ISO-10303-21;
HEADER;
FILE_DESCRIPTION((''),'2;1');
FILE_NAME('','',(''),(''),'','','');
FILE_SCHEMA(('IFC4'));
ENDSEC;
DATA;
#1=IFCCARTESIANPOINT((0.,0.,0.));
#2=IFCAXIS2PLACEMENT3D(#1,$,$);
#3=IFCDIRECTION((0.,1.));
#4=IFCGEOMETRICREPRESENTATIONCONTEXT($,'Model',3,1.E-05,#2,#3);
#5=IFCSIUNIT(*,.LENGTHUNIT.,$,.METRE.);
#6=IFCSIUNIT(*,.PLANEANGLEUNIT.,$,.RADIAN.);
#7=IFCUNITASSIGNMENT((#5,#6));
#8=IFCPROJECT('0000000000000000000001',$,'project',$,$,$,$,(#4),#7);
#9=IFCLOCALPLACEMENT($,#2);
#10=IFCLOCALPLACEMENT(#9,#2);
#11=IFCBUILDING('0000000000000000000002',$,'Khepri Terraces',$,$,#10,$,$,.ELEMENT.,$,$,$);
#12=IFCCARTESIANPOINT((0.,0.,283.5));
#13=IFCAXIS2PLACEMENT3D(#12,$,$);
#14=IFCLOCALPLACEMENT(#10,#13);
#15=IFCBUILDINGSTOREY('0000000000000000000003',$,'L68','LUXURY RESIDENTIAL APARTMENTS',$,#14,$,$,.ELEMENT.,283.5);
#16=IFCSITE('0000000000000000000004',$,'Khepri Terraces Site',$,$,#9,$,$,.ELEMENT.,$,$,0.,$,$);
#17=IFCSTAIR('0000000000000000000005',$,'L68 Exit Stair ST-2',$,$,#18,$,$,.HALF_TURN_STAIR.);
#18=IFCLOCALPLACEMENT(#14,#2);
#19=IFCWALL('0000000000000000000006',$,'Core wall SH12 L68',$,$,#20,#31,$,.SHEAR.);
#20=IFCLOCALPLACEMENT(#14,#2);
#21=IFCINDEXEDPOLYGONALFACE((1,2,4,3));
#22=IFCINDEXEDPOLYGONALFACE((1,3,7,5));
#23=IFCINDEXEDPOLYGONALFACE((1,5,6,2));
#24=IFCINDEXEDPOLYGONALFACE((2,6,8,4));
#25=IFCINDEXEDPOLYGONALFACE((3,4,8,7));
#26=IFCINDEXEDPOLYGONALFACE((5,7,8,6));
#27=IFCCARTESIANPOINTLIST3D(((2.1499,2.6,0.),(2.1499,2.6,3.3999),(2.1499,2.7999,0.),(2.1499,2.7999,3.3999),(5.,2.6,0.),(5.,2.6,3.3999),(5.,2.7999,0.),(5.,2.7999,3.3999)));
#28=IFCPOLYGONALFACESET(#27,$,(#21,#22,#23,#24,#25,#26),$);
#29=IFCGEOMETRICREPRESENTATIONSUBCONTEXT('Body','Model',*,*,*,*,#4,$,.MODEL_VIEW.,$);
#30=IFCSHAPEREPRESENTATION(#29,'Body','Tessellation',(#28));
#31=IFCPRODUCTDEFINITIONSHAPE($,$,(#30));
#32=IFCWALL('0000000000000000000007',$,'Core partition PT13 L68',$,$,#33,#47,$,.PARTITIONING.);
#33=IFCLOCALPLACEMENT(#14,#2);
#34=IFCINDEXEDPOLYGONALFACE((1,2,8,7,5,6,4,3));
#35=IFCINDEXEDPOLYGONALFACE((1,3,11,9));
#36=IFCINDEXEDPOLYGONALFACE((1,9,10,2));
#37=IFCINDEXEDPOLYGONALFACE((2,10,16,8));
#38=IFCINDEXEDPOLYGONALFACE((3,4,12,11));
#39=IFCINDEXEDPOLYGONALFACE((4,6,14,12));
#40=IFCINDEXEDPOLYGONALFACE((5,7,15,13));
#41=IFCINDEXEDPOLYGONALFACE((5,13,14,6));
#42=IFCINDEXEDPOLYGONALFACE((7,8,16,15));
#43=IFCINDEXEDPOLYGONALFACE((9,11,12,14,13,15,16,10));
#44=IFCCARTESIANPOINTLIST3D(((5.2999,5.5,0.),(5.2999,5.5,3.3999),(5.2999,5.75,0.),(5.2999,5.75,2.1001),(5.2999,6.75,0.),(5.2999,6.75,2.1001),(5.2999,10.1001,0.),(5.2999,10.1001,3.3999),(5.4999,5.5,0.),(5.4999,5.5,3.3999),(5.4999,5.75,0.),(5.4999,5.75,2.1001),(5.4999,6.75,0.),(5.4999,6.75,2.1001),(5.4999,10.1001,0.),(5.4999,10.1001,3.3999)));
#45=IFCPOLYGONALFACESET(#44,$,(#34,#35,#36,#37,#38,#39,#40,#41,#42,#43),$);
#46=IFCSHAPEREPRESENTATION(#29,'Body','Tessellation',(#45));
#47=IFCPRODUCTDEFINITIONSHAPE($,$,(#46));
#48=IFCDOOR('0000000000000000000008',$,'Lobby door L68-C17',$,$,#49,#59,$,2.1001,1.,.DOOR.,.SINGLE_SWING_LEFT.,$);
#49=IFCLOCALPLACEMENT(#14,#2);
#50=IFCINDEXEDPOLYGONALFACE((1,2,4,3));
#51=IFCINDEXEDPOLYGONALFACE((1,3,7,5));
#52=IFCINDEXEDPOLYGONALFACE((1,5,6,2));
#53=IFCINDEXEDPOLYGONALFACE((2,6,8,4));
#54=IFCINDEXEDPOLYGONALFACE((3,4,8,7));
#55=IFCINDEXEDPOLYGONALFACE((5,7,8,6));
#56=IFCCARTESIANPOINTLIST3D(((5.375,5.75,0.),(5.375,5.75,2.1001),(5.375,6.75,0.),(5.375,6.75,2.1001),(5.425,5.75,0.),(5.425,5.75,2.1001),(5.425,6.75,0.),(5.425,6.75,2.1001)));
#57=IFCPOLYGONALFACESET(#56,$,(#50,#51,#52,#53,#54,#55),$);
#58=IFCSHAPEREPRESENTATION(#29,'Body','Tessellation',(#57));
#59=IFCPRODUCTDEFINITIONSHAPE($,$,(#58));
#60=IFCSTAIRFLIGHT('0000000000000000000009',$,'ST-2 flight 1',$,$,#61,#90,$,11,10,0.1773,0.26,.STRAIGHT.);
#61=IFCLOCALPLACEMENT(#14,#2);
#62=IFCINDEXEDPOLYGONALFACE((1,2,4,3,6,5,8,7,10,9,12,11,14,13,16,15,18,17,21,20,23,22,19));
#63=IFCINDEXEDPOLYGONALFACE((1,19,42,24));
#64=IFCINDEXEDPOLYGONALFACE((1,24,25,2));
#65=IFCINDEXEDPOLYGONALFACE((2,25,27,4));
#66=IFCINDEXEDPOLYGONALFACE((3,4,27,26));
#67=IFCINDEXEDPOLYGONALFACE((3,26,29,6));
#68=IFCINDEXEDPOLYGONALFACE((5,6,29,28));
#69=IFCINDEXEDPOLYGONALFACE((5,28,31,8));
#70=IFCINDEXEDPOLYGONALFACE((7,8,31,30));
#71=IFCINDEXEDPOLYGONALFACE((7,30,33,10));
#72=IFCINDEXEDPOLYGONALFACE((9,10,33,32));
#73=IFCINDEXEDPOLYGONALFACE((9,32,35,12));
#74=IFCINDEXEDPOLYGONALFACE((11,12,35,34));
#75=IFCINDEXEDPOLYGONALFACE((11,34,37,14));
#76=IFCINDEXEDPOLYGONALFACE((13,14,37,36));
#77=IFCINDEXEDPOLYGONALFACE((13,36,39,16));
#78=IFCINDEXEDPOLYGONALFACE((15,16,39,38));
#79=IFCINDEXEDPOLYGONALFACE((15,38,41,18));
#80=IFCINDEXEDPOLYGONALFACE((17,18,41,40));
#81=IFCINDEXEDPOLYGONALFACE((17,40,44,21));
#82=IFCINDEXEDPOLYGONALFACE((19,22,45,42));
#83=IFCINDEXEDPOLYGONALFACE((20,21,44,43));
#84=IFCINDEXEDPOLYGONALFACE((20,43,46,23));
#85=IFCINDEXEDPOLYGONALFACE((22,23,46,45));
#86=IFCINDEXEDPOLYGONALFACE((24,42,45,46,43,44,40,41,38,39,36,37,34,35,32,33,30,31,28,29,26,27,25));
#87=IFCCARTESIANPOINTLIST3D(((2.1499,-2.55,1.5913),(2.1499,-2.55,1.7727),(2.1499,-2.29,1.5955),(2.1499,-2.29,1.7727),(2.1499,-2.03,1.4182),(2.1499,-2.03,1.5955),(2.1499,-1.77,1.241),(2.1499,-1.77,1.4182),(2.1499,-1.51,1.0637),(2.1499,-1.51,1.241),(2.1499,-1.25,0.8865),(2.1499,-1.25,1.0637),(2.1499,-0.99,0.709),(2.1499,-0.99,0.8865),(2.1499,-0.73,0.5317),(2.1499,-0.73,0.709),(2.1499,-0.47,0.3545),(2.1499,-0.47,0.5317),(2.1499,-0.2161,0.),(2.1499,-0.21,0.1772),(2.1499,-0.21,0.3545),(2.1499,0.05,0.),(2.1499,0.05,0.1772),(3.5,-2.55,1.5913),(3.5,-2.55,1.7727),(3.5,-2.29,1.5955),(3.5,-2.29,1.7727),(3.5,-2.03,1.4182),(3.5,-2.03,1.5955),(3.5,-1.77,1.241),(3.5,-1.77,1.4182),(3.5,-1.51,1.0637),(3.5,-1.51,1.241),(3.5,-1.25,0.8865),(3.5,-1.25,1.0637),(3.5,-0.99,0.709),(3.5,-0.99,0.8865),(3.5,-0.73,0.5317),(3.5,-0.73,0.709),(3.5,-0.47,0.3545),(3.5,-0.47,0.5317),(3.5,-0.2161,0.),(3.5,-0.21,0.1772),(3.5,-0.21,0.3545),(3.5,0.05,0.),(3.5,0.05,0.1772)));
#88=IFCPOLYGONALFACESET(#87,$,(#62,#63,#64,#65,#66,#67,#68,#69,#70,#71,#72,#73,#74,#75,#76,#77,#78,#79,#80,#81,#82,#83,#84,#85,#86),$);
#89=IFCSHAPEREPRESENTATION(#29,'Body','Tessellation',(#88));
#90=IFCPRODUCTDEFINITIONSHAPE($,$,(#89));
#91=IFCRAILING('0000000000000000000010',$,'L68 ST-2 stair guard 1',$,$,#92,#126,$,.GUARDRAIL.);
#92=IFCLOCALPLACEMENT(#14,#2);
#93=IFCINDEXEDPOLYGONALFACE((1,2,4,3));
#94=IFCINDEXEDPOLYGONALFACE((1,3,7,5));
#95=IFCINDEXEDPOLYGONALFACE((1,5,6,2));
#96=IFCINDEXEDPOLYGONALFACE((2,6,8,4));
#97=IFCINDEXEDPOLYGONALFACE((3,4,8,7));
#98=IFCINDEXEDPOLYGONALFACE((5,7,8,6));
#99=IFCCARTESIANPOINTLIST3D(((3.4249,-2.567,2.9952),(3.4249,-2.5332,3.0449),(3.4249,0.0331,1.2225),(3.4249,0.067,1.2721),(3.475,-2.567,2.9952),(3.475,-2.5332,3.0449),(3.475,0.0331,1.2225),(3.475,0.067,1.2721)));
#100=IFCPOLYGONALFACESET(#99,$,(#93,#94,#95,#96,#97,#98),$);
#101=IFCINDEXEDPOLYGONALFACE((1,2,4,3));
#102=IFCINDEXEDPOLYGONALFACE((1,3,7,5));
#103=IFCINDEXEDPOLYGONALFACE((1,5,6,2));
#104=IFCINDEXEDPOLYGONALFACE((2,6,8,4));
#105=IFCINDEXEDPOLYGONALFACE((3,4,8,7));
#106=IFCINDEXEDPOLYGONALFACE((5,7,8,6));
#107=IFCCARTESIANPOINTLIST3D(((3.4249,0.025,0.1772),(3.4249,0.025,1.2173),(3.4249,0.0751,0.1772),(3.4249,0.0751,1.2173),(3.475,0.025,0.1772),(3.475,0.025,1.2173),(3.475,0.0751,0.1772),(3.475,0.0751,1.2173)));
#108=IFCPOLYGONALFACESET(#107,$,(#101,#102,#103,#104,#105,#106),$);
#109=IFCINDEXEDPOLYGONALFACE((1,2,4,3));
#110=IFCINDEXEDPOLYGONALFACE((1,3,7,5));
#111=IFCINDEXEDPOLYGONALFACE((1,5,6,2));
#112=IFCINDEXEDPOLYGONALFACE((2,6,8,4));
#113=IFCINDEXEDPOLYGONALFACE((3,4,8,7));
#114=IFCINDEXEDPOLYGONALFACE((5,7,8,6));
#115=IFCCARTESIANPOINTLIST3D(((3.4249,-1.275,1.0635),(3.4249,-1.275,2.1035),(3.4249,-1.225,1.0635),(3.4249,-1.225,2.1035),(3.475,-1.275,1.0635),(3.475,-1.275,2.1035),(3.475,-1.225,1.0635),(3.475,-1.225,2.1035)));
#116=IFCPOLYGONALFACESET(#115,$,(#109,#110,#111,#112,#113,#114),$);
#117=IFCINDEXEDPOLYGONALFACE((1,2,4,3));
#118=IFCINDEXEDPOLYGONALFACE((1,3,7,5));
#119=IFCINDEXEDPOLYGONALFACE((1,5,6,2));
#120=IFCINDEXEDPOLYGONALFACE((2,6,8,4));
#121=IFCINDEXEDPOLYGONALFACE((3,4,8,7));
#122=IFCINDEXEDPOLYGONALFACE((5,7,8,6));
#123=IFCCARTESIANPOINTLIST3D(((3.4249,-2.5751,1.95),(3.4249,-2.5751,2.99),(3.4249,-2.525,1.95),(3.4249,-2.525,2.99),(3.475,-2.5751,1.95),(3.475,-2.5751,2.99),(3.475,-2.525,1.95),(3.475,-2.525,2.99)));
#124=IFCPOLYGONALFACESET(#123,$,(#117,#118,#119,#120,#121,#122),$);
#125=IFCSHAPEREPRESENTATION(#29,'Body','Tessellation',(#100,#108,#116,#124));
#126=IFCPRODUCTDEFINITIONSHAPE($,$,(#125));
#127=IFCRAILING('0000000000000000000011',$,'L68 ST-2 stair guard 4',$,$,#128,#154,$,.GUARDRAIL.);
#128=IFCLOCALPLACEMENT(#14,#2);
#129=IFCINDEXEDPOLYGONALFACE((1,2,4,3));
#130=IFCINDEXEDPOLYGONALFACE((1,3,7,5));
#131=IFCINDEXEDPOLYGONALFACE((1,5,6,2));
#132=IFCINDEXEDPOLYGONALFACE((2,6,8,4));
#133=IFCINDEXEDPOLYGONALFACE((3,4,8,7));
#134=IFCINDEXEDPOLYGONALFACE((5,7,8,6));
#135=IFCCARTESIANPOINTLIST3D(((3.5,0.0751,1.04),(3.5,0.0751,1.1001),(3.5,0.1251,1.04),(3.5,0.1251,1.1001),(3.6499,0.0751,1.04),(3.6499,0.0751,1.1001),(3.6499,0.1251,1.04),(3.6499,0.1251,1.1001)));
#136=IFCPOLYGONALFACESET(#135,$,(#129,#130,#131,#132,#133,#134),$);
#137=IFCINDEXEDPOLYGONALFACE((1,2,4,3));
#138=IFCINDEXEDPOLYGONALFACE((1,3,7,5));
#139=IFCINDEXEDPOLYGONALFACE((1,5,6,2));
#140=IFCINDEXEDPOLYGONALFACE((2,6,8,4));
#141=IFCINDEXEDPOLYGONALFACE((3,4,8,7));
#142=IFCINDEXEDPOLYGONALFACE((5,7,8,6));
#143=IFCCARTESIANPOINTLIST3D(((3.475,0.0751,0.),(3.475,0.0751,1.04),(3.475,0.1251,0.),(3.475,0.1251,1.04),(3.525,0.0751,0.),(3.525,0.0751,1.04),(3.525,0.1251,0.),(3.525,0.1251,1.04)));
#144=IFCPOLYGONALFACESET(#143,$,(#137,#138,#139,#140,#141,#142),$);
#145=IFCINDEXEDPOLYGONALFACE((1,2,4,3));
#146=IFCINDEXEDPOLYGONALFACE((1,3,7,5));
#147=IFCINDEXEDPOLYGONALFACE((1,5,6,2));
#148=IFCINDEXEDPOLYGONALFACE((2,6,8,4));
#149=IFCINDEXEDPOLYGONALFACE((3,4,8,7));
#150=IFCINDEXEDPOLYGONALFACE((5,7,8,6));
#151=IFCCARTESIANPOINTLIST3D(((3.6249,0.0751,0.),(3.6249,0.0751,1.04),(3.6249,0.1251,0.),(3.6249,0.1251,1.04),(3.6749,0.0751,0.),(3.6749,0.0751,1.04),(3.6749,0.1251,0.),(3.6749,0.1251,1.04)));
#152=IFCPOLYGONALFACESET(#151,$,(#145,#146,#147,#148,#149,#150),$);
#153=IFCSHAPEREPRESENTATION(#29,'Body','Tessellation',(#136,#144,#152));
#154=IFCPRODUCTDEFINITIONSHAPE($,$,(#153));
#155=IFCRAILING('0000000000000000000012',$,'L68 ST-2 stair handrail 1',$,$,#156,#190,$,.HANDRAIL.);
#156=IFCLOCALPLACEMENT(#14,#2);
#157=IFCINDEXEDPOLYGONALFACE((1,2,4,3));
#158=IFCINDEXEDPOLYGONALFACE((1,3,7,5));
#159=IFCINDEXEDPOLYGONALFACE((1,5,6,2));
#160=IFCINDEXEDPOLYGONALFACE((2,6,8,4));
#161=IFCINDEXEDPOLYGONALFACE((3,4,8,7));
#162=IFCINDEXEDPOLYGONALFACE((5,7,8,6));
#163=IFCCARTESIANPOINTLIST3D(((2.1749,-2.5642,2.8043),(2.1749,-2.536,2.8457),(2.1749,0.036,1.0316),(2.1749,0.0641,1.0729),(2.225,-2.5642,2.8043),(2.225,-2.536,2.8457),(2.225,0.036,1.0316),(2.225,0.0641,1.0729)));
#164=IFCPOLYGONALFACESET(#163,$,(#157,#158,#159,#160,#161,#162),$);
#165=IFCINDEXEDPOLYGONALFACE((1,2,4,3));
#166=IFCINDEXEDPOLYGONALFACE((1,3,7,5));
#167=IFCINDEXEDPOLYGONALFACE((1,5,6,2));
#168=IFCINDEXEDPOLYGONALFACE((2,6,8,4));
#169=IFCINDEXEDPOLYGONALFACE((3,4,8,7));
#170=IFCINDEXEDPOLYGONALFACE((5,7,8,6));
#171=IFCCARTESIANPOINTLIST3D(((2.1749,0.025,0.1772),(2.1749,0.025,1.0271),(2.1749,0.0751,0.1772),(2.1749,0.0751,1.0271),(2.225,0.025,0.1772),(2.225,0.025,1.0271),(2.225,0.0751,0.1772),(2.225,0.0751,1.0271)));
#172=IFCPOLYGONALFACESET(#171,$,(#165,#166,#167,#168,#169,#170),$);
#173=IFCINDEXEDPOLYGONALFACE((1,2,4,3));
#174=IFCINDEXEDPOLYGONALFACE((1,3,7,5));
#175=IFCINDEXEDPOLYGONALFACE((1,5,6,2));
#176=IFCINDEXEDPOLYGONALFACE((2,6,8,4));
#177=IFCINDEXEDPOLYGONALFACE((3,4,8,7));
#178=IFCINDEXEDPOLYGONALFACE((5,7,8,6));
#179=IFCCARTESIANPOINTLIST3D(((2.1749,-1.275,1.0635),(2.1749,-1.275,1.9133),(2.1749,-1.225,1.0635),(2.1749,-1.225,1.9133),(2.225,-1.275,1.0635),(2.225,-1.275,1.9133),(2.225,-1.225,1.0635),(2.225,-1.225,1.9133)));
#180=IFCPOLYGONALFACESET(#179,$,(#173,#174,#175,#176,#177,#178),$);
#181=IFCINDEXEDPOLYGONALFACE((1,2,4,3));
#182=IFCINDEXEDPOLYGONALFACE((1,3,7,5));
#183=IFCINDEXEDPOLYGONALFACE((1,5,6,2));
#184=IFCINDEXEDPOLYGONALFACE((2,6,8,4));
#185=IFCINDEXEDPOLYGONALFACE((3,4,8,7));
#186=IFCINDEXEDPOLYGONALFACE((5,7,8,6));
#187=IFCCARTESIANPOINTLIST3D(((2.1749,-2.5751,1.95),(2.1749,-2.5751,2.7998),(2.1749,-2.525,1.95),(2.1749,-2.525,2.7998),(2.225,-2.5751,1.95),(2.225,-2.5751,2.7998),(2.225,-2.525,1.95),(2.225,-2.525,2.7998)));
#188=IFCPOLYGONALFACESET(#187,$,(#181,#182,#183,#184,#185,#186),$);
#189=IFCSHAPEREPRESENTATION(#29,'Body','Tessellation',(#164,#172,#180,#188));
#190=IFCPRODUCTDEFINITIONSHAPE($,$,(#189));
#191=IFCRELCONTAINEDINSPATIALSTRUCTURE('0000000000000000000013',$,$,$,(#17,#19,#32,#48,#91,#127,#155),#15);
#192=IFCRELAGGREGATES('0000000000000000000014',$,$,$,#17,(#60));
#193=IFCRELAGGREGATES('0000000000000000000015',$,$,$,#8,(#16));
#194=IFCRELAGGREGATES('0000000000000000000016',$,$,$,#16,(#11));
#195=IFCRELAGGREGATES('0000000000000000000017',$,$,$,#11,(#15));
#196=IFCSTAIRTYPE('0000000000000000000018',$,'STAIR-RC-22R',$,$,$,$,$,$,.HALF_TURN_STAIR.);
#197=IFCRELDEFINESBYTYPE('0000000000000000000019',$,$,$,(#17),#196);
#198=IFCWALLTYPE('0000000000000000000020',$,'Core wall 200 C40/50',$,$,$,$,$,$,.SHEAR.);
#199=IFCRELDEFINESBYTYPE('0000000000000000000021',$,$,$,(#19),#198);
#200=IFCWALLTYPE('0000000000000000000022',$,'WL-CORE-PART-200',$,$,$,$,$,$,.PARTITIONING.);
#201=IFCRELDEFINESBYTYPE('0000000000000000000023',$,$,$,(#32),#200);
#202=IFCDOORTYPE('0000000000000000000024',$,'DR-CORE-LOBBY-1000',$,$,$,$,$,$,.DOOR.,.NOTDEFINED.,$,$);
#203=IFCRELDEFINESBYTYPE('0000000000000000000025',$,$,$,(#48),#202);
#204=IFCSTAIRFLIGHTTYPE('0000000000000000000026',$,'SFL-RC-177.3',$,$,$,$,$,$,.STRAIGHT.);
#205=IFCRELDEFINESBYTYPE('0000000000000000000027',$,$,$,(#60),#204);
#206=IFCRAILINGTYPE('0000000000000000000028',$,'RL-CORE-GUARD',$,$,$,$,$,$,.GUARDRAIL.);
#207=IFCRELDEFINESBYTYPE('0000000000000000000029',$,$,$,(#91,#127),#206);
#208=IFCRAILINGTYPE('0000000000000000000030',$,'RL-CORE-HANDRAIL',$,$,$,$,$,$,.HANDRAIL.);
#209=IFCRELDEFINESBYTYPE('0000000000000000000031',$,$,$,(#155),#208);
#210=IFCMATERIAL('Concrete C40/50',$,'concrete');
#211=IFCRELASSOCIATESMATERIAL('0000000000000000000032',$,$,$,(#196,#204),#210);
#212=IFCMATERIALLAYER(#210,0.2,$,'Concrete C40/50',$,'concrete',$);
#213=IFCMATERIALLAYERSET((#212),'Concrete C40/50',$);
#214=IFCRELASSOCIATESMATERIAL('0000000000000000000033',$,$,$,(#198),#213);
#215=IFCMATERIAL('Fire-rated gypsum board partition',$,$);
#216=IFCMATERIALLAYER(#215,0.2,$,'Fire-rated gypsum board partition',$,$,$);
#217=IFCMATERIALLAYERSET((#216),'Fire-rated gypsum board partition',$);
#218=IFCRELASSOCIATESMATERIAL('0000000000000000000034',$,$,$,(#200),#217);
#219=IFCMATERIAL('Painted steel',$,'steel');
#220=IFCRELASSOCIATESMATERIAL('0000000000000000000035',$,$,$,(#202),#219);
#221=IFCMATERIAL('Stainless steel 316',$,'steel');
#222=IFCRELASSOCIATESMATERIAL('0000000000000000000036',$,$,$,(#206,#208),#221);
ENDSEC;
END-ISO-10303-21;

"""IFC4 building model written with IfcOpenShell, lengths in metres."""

from ifc_helpers import new_model, si_unit, direction, frame, frame_2d, origin, origin_2d, place, context, subcontext, project, spatial, polyline, rectangle, outline, extrude, material, layer, layer_set, type_object, element, fill, aggregate, save


model = new_model("IFC4")

# Units and contexts
model_context = context("Model", 3, precision=1e-05, world=origin(), true_north=direction((0.0, 1.0)))
body_context = subcontext(model_context, "Body", "Model", "MODEL_VIEW")
ifc_project = project(units=[si_unit("LENGTHUNIT", "METRE"), si_unit("PLANEANGLEUNIT", "RADIAN")], contexts=[model_context])

# Site, building, storey
site_placement = place(None, origin())
site = spatial("IfcSite", under=ifc_project, at=site_placement, Name="Khepri Terraces Site", CompositionType="ELEMENT", RefElevation=0.0)
building_placement = place(site_placement, origin())
building = spatial("IfcBuilding", under=site, at=building_placement, Name="Khepri Terraces", CompositionType="ELEMENT")
storey_placement = place(building_placement, frame((0.0, 0.0, 283.5)))
storey = spatial("IfcBuildingStorey", under=building, at=storey_placement, Name="L68", Description="LUXURY RESIDENTIAL APARTMENTS", CompositionType="ELEMENT", Elevation=283.5)

# Stair
ifc_material_1 = material(Name="Concrete C40/50", Category="concrete")
stair_type = type_object("IfcStairType", Name="STAIR-RC-22R", PredefinedType="HALF_TURN_STAIR", material=ifc_material_1)
stair_1_placement = place(storey_placement, origin())
stair_1 = element("IfcStair", 1, at=stair_1_placement, inside=storey, type_object=stair_type, Name="L68 Exit Stair ST-2", PredefinedType="HALF_TURN_STAIR")

# Shared definitions
ifc_layer_1 = layer(ifc_material_1, 0.2, Name="Concrete C40/50", Category="concrete")
ifc_layer_set_1 = layer_set([ifc_layer_1], Name="Concrete C40/50")
wall_type_1 = type_object("IfcWallType", Name="Core wall 200 C40/50", PredefinedType="SHEAR", material=ifc_layer_set_1)

# Shared definitions
ifc_material_2 = material(Name="Painted steel", Category="steel")

# Wall
wall_1_placement = place(storey_placement, frame((2.1499, 2.7, 0.0), z_axis=(0.0, 0.0, 1.0), x_axis=(1.0, 0.0, 0.0)))
element("IfcWall", 2, at=wall_1_placement, inside=storey, type_object=wall_type_1, Name="Core wall SH12 L68", PredefinedType="SHEAR", context=body_context, shape_type="SweptSolid", body=[
    extrude(rectangle(XDim=2.8501, YDim=0.2, at=frame_2d((1.425, 0.0))), origin(), (0.0, 0.0, 1.0), 3.3999),
])

# Wall, opening, door
ifc_material_3 = material(Name="Fire-rated gypsum board partition")
ifc_layer_2 = layer(ifc_material_3, 0.2, Name="Fire-rated gypsum board partition")
ifc_layer_set_2 = layer_set([ifc_layer_2], Name="Fire-rated gypsum board partition")
wall_type_2 = type_object("IfcWallType", Name="WL-CORE-PART-200", PredefinedType="PARTITIONING", material=ifc_layer_set_2)
wall_2_placement = place(storey_placement, frame((5.3999, 5.5, 0.0), z_axis=(0.0, 0.0, 1.0), x_axis=(0.0, 1.0, 0.0)))
wall_2 = element("IfcWall", 3, at=wall_2_placement, inside=storey, type_object=wall_type_2, Name="Core partition PT13 L68", PredefinedType="PARTITIONING", context=body_context, shape_type="SweptSolid", body=[
    extrude(rectangle(XDim=4.6001, YDim=0.2, at=frame_2d((2.3, 0.0))), origin(), (0.0, 0.0, 1.0), 3.3999),
])
opening_1_placement = place(wall_2_placement, frame((0.25, 0.0, 0.0)))
opening_1 = element("IfcOpeningElement", 4, at=opening_1_placement, cuts=wall_2, PredefinedType="OPENING", context=body_context, shape_type="SweptSolid", body=[
    extrude(rectangle(XDim=1.0, YDim=2.1001, at=frame_2d((0.5, 1.05))), frame((0.0, 0.1099, 0.0), z_axis=(0.0, -1.0, 0.0), x_axis=(1.0, 0.0, 0.0)), (0.0, 0.0, 1.0), 0.22),
])
door_type_1 = type_object("IfcDoorType", Name="DR-CORE-LOBBY-1000", OperationType="NOTDEFINED", PredefinedType="DOOR", material=ifc_material_2)
door_1_placement = place(opening_1_placement, origin())
door_1 = element("IfcDoor", 5, at=door_1_placement, inside=storey, type_object=door_type_1, Name="Lobby door L68-C17", OperationType="SINGLE_SWING_LEFT", OverallHeight=2.1001, OverallWidth=1.0, PredefinedType="DOOR", context=body_context, shape_type="SweptSolid", body=[
    extrude(rectangle(XDim=1.0, YDim=2.1001, at=frame_2d((0.5, 1.05))), frame((0.0, 0.0249, 0.0), z_axis=(0.0, -1.0, 0.0), x_axis=(1.0, 0.0, 0.0)), (0.0, 0.0, 1.0), 0.05),
])
fill(opening_1, door_1)

# Stair flight
stair_flight_type = type_object("IfcStairFlightType", Name="SFL-RC-177.3", PredefinedType="STRAIGHT", material=ifc_material_1)
stair_flight_placement = place(storey_placement, frame((2.825, 0.05, 0.0), z_axis=(0.0, 0.0, 1.0), x_axis=(0.0, -1.0, 0.0)))
stair_flight = element("IfcStairFlight", 6, at=stair_flight_placement, type_object=stair_flight_type, Name="ST-2 flight 1", NumberOfRisers=11, NumberOfTreads=10, PredefinedType="STRAIGHT", RiserHeight=0.1773, TreadLength=0.26, context=body_context, shape_type="SweptSolid", body=[
    extrude(outline(polyline([(0.0, 0.0), (0.0, 0.1772), (0.26, 0.1772), (0.26, 0.3545), (0.52, 0.3545), (0.52, 0.5317), (0.78, 0.5317), (0.78, 0.709), (1.04, 0.709), (1.04, 0.8865), (1.3, 0.8865), (1.3, 1.0637), (1.5601, 1.0637), (1.5601, 1.241), (1.8201, 1.241), (1.8201, 1.4182), (2.0801, 1.4182), (2.0801, 1.5955), (2.3401, 1.5955), (2.3401, 1.7727), (2.6001, 1.7727), (2.6001, 1.95), (2.6001, 1.5913), (0.2661, 0.0), (0.0, 0.0)])), frame((0.0, 0.675, 0.0), z_axis=(0.0, -1.0, 0.0), x_axis=(1.0, 0.0, 0.0)), (0.0, 0.0, 1.0), 1.3501),
])
aggregate(stair_1, [stair_flight])

# Railings
ifc_material_4 = material(Name="Stainless steel 316", Category="steel")
railing_type_1 = type_object("IfcRailingType", Name="RL-CORE-GUARD", PredefinedType="GUARDRAIL", material=ifc_material_4)
railing_1_placement = place(storey_placement, frame((3.45, 0.05, 0.1772)))
element("IfcRailing", 7, at=railing_1_placement, inside=storey, type_object=railing_type_1, Name="L68 ST-2 stair guard 1", PredefinedType="GUARDRAIL", context=body_context, shape_type="SweptSolid", body=[
    extrude(rectangle(XDim=0.05, YDim=0.0601, at=origin_2d()), frame((0.0, 0.0, 1.0701), z_axis=(0.0, -0.82624, 0.563318), x_axis=(1.0, 0.0, 0.0)), (0.0, 0.0, 1.0), 3.147),
    extrude(rectangle(XDim=0.05, YDim=0.05, at=origin_2d()), origin(), (0.0, 0.0, 1.0), 1.04),
    extrude(rectangle(XDim=0.05, YDim=0.05, at=origin_2d()), frame((0.0, -1.3, 0.8862)), (0.0, 0.0, 1.0), 1.04),
    extrude(rectangle(XDim=0.05, YDim=0.05, at=origin_2d()), frame((0.0, -2.6001, 1.7727)), (0.0, 0.0, 1.0), 1.04),
])
railing_2_placement = place(storey_placement, frame((3.5, 0.1001, 0.0)))
element("IfcRailing", 8, at=railing_2_placement, inside=storey, type_object=railing_type_1, Name="L68 ST-2 stair guard 4", PredefinedType="GUARDRAIL", context=body_context, shape_type="SweptSolid", body=[
    extrude(rectangle(XDim=0.05, YDim=0.0601, at=origin_2d()), frame((0.0, 0.0, 1.0701), z_axis=(1.0, 0.0, 0.0), x_axis=(0.0, 1.0, 0.0)), (0.0, 0.0, 1.0), 0.1499),
    extrude(rectangle(XDim=0.05, YDim=0.05, at=origin_2d()), origin(), (0.0, 0.0, 1.0), 1.04),
    extrude(rectangle(XDim=0.05, YDim=0.05, at=origin_2d()), frame((0.1499, 0.0, 0.0)), (0.0, 0.0, 1.0), 1.04),
])
railing_type_2 = type_object("IfcRailingType", Name="RL-CORE-HANDRAIL", PredefinedType="HANDRAIL", material=ifc_material_4)
railing_3_placement = place(storey_placement, frame((2.2, 0.05, 0.1772)))
element("IfcRailing", 9, at=railing_3_placement, inside=storey, type_object=railing_type_2, Name="L68 ST-2 stair handrail 1", PredefinedType="HANDRAIL", context=body_context, shape_type="SweptSolid", body=[
    extrude(rectangle(XDim=0.05, YDim=0.05, at=origin_2d()), frame((0.0, 0.0, 0.875), z_axis=(0.0, -0.82624, 0.563318), x_axis=(1.0, 0.0, 0.0)), (0.0, 0.0, 1.0), 3.147),
    extrude(rectangle(XDim=0.05, YDim=0.05, at=origin_2d()), origin(), (0.0, 0.0, 1.0), 0.8499),
    extrude(rectangle(XDim=0.05, YDim=0.05, at=origin_2d()), frame((0.0, -1.3, 0.8862)), (0.0, 0.0, 1.0), 0.8499),
    extrude(rectangle(XDim=0.05, YDim=0.05, at=origin_2d()), frame((0.0, -2.6001, 1.7727)), (0.0, 0.0, 1.0), 0.8499),
])

save(model, "model.ifc")
